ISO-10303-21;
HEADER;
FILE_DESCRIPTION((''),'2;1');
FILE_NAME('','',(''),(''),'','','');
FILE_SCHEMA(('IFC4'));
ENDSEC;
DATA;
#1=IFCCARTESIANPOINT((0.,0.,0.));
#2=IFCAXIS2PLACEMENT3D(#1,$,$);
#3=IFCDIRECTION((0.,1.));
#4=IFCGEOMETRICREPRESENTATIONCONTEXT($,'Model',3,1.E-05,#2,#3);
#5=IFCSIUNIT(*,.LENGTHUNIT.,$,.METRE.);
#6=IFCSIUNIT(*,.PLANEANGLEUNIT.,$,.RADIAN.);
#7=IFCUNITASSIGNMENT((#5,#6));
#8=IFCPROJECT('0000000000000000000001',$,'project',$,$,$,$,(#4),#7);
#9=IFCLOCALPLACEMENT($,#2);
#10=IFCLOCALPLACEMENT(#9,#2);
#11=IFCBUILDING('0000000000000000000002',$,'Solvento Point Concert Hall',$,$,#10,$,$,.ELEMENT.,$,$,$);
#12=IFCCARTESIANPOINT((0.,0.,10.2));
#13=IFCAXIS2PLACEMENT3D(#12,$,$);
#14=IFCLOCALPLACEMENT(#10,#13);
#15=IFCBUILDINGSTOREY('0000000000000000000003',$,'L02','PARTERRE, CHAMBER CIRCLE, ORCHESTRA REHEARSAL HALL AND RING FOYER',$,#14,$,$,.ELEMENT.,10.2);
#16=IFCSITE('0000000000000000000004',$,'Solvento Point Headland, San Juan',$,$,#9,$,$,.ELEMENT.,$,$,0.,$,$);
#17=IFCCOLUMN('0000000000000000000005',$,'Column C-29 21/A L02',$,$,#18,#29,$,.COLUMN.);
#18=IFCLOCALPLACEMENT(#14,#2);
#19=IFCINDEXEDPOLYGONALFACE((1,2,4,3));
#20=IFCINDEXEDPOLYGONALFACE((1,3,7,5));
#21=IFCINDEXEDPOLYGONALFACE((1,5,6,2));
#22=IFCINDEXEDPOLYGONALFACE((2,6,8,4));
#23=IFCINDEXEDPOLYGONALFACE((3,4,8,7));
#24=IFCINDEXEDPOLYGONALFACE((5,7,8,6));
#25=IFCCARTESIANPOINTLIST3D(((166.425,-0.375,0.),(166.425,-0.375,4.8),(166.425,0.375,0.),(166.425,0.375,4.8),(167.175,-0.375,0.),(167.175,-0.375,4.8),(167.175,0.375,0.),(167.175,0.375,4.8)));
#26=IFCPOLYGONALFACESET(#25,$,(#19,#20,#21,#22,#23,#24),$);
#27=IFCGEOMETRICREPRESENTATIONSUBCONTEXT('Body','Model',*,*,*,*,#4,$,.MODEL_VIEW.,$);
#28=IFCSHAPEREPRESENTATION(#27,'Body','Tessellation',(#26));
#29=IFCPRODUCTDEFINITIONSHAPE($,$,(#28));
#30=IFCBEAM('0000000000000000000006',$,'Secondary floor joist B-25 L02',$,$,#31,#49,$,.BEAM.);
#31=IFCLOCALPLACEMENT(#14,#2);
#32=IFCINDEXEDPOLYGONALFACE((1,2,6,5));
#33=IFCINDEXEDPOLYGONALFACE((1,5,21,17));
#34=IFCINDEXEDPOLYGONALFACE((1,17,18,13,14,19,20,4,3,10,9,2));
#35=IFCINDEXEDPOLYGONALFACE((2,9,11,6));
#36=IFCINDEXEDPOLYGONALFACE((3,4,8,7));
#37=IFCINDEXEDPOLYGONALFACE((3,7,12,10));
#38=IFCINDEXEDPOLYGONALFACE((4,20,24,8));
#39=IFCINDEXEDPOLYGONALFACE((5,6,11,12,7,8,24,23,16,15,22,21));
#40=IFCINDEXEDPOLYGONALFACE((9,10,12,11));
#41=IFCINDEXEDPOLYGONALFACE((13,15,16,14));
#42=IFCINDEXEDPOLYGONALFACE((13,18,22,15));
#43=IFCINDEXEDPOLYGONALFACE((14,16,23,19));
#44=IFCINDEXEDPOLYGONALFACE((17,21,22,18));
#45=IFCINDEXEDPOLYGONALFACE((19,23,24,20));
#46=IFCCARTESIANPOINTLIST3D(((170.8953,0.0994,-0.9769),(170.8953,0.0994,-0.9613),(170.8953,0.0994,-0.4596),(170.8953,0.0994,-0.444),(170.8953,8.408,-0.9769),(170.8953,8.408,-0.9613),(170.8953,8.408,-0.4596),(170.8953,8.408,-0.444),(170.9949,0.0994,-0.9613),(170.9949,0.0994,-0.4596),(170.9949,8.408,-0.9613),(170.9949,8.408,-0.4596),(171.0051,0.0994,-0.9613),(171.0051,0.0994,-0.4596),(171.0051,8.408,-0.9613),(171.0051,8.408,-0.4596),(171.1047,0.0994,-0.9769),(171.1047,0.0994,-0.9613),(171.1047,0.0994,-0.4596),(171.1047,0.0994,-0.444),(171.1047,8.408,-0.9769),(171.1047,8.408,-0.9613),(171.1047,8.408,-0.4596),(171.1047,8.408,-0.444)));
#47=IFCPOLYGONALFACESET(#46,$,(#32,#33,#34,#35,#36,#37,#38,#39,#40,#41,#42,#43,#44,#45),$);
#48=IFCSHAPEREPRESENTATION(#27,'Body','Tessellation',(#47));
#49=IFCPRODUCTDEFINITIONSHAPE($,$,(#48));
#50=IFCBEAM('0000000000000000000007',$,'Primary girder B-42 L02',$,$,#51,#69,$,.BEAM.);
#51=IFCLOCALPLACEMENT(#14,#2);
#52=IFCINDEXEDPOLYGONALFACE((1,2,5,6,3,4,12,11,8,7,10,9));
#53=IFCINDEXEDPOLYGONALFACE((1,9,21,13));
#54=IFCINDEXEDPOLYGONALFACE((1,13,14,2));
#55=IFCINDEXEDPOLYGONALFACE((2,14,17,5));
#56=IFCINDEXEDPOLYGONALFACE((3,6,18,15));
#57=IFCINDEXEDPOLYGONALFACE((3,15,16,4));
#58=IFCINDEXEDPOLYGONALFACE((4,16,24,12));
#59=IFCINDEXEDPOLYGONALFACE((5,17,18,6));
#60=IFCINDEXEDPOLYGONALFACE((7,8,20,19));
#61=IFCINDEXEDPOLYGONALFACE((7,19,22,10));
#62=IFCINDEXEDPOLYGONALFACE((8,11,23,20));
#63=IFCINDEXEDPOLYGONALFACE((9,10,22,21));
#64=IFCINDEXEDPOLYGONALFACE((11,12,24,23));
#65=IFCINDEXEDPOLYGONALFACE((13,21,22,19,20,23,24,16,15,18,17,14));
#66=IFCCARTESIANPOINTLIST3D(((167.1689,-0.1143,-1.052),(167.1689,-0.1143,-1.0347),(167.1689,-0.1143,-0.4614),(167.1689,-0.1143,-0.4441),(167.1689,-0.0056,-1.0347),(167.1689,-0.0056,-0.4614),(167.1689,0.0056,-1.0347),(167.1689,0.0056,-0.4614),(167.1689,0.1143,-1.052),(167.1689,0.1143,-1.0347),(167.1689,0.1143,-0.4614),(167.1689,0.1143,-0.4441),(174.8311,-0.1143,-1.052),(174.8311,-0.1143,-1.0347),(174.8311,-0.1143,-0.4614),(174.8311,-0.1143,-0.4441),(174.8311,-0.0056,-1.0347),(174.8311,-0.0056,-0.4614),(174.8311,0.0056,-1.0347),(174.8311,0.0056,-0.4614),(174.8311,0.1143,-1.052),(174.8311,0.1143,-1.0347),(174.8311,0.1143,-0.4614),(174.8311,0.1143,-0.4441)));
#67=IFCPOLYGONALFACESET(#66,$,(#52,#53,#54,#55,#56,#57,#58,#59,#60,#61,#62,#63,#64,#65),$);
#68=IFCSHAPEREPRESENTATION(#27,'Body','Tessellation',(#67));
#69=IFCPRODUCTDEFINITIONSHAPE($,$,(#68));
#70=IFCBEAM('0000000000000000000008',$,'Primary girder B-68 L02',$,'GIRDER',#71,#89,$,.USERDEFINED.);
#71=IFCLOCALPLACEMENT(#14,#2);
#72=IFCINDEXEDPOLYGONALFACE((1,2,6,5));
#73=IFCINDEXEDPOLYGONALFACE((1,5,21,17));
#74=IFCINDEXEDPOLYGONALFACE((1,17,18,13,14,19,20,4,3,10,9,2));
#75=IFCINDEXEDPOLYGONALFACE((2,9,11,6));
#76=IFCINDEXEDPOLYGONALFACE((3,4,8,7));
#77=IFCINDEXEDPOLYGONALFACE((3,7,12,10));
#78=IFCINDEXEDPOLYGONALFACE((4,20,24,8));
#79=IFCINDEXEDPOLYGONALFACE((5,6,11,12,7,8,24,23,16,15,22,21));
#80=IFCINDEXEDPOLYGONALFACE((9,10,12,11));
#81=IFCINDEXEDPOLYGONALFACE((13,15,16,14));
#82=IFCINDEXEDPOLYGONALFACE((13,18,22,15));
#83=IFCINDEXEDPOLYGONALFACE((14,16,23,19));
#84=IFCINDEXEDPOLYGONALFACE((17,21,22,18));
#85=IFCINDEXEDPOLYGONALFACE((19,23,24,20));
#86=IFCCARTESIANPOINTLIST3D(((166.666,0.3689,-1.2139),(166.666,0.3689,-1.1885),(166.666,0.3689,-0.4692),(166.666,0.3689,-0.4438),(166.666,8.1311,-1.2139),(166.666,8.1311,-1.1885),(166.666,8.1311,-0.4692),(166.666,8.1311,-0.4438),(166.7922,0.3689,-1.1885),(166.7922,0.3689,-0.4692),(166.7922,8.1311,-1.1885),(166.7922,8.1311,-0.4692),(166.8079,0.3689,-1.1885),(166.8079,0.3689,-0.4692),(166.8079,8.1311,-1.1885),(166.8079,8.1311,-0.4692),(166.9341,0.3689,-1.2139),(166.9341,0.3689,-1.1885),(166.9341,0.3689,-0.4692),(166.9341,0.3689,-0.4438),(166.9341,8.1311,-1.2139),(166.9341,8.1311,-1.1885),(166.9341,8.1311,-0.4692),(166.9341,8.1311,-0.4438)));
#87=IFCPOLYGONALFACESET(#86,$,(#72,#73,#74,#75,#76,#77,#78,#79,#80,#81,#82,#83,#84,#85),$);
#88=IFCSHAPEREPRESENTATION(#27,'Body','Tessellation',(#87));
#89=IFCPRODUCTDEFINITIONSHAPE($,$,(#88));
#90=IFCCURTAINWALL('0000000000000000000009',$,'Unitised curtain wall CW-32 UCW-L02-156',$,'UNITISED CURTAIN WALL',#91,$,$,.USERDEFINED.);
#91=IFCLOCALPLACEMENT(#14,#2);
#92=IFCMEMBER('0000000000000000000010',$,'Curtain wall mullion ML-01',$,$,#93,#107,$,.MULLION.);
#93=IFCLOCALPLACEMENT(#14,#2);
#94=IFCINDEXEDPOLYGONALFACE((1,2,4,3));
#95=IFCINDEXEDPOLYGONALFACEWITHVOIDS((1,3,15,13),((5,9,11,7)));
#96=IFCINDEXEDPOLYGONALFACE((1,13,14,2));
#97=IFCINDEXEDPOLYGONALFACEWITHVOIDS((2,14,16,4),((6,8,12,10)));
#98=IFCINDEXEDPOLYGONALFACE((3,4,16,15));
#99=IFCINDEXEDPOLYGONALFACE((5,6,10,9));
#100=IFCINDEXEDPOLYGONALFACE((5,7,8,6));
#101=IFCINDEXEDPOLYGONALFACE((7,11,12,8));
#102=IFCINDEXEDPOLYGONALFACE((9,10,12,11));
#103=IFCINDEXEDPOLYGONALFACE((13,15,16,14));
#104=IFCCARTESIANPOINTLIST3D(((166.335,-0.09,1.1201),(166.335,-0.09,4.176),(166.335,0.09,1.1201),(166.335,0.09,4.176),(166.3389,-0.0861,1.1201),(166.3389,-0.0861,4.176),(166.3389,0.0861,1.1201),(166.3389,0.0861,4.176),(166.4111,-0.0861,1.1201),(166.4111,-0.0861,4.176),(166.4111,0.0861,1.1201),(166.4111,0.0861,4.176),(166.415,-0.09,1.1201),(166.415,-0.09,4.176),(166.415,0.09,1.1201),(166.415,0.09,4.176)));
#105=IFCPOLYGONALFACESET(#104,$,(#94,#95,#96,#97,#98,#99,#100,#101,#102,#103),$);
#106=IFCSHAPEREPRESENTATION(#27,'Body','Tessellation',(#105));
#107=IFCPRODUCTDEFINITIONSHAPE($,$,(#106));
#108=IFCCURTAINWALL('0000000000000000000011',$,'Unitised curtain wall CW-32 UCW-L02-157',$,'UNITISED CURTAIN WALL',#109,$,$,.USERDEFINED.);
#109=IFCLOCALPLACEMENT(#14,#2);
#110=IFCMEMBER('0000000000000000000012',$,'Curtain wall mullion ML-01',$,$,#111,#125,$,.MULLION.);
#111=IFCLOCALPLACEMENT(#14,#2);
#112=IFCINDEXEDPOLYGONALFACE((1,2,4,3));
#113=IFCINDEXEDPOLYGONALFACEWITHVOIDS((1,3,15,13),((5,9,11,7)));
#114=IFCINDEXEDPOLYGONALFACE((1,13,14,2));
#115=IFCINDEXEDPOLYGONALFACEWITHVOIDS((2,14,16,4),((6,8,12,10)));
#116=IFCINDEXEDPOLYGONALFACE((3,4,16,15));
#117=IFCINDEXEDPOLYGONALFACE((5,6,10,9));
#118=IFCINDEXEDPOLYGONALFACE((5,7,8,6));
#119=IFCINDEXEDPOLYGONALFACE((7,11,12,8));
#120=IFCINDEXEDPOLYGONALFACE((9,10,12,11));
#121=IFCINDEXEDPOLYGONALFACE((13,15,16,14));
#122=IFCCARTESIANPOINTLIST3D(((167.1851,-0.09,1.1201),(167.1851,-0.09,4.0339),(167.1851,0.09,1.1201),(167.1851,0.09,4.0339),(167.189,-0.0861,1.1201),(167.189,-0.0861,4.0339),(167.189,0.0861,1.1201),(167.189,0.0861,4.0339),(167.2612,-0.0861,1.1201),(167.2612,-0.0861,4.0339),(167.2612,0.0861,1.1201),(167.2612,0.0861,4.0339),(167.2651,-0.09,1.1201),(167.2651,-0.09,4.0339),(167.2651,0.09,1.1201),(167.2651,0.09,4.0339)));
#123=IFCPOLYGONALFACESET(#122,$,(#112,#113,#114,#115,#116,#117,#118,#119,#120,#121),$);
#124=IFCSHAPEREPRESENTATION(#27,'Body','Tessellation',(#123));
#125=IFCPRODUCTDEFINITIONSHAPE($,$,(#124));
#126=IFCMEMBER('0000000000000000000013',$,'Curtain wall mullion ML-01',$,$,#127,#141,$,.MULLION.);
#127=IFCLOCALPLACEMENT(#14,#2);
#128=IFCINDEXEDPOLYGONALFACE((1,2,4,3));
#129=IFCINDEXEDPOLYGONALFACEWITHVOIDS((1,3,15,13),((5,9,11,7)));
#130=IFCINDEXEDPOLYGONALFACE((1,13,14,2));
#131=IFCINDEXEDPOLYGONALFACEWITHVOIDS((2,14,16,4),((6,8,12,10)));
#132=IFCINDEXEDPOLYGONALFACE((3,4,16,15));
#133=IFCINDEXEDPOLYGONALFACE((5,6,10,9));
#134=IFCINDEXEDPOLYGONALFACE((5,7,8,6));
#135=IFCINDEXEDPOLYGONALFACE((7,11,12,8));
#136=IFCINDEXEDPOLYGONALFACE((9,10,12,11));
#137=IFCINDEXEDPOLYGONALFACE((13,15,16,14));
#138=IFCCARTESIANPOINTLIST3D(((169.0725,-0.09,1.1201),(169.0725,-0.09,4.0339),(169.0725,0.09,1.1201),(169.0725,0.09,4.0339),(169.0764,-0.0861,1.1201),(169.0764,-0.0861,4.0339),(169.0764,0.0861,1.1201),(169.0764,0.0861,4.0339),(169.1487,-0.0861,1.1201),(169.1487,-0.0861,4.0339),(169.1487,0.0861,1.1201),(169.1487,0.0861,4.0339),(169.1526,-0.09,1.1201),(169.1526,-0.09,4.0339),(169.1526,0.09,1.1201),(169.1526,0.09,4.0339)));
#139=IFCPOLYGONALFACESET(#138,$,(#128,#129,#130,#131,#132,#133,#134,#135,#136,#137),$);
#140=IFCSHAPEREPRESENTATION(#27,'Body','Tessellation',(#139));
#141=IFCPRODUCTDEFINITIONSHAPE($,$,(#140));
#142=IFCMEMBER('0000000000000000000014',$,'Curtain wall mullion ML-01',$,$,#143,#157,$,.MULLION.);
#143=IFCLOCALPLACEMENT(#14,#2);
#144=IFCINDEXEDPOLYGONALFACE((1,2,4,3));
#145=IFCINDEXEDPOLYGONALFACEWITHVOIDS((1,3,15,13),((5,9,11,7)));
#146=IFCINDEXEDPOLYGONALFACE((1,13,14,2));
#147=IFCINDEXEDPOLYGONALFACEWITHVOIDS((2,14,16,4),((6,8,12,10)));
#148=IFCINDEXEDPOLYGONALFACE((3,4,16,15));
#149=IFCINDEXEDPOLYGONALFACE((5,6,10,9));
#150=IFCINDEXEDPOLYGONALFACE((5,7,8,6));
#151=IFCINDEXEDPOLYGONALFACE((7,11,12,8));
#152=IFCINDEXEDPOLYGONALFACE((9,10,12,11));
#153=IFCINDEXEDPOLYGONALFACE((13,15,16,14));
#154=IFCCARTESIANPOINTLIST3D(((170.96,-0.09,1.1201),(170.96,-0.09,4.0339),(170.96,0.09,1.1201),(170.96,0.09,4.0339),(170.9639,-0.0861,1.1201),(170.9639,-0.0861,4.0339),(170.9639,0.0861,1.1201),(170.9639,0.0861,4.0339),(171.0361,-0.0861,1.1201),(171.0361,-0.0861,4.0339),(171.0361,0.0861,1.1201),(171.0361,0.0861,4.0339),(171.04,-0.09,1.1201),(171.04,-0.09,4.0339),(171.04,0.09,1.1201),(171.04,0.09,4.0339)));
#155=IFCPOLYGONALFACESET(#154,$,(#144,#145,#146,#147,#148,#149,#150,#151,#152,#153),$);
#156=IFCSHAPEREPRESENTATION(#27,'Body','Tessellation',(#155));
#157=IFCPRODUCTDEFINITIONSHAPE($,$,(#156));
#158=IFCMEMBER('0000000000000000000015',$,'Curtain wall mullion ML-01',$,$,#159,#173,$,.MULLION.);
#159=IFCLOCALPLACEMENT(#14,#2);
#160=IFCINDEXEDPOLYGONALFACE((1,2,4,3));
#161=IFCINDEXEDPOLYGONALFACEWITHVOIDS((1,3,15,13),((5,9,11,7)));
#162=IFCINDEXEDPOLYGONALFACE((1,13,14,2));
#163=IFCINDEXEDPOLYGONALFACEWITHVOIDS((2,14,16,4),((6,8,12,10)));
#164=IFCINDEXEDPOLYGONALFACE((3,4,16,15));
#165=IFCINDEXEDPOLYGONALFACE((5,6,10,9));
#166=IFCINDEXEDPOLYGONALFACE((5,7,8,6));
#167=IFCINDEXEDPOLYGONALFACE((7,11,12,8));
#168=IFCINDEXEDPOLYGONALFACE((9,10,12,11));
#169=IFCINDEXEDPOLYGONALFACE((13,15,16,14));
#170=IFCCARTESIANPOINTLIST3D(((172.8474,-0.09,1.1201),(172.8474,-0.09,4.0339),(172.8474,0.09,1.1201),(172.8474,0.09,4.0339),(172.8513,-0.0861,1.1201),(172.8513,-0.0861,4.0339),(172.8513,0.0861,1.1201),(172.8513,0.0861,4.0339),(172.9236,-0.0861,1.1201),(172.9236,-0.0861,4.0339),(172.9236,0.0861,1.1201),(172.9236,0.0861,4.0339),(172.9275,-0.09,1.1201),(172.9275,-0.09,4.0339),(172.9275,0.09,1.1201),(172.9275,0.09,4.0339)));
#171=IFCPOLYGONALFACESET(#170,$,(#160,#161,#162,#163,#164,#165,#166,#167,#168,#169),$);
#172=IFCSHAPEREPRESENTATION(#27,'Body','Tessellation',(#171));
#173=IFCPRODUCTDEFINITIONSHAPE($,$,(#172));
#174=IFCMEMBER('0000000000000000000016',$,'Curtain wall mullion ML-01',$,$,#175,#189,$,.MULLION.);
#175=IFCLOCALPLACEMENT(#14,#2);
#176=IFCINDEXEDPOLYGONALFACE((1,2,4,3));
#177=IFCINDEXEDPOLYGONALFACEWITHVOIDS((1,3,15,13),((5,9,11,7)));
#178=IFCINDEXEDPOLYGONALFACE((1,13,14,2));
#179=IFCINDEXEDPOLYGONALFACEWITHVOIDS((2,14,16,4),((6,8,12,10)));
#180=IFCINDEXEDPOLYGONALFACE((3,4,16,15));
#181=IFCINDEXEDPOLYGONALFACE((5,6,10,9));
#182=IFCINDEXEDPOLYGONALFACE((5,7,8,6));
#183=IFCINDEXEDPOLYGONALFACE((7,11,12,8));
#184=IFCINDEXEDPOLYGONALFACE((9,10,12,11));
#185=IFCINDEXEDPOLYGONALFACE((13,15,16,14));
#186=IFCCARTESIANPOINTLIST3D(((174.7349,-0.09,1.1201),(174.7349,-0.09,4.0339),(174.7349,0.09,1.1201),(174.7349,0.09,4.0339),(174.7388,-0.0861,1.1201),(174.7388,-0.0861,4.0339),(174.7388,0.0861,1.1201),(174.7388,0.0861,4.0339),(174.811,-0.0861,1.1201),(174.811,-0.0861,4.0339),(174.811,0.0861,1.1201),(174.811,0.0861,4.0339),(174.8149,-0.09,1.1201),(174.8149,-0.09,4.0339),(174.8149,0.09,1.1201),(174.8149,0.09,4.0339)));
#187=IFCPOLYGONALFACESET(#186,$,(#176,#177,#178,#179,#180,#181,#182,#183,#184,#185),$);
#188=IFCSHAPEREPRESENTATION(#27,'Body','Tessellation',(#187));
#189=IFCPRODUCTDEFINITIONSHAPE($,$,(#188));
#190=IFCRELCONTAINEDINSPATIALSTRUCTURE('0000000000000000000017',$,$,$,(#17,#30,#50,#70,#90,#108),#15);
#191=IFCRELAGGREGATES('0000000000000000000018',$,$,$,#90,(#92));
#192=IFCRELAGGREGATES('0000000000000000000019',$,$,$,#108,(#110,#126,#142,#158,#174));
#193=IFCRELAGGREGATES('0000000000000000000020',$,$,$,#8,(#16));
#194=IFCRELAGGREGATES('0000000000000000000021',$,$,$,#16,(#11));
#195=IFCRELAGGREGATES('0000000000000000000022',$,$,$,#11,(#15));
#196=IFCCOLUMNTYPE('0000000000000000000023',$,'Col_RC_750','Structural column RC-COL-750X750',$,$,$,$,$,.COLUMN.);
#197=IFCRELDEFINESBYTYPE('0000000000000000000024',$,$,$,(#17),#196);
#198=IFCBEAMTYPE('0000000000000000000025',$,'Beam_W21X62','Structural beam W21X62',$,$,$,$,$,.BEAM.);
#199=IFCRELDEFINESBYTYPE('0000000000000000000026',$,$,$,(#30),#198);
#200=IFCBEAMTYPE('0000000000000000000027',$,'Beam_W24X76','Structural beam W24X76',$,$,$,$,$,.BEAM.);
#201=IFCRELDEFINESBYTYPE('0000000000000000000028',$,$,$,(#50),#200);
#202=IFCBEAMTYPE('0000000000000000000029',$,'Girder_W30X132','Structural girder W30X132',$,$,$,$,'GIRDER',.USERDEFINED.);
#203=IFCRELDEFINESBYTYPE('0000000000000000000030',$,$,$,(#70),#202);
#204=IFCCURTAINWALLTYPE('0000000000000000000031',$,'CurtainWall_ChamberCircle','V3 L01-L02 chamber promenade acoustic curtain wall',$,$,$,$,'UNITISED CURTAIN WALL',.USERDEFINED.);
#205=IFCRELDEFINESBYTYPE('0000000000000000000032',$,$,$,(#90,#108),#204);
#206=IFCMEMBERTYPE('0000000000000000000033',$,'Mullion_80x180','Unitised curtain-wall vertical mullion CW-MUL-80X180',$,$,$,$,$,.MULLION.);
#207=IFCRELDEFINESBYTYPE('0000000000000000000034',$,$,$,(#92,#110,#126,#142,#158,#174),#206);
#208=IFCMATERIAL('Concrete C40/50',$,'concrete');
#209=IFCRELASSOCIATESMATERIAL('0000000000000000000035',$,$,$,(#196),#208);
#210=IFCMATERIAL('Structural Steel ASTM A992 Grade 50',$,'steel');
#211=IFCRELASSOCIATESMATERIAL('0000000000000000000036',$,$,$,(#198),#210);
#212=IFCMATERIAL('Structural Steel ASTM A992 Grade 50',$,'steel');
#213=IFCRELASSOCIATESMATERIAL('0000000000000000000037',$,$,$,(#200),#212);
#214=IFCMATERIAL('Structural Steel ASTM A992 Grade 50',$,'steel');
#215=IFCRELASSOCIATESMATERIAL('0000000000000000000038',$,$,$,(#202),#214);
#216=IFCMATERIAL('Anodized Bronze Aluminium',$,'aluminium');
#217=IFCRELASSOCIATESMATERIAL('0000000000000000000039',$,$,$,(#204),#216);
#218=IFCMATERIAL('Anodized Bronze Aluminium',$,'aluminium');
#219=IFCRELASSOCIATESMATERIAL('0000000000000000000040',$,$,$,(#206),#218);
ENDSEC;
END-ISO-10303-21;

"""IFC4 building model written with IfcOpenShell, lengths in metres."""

from ifc_helpers import new_model, si_unit, direction, frame, origin, origin_2d, place, context, subcontext, project, spatial, rectangle, hollow_rectangle, i_section, extrude, material, material_profile, profile_set, type_object, element, aggregate, save


model = new_model("IFC4")

# Units and contexts
model_context = context("Model", 3, precision=1e-05, world=origin(), true_north=direction((0.0, 1.0)))
body_context = subcontext(model_context, "Body", "Model", "MODEL_VIEW")
ifc_project = project(units=[si_unit("LENGTHUNIT", "METRE"), si_unit("PLANEANGLEUNIT", "RADIAN")], contexts=[model_context])

# Site, building, storey
site_placement = place(None, origin())
site = spatial("IfcSite", under=ifc_project, at=site_placement, Name="Solvento Point Headland, San Juan", CompositionType="ELEMENT", RefElevation=0.0)
building_placement = place(site_placement, origin())
building = spatial("IfcBuilding", under=site, at=building_placement, Name="Solvento Point Concert Hall", CompositionType="ELEMENT")
storey_placement = place(building_placement, frame((0.0, 0.0, 10.2)))
storey = spatial("IfcBuildingStorey", under=building, at=storey_placement, Name="L02", Description="PARTERRE, CHAMBER CIRCLE, ORCHESTRA REHEARSAL HALL AND RING FOYER", CompositionType="ELEMENT", Elevation=10.2)

# Column
ifc_material_1 = material(Name="Concrete C40/50", Category="concrete")
ifc_material_profile_1 = material_profile(ifc_material_1, rectangle(XDim=0.75, YDim=0.75, at=origin_2d()), Name="RC-COL-750X750")
ifc_profile_set_1 = profile_set([ifc_material_profile_1], Name="Concrete C40/50")
column_type = type_object("IfcColumnType", Name="Col_RC_750", Description="Structural column RC-COL-750X750", PredefinedType="COLUMN", material=ifc_profile_set_1)
column_placement = place(storey_placement, frame((166.8, 0.0, 0.0), z_axis=(0.0, 0.0, 1.0), x_axis=(1.0, 0.0, 0.0)))
element("IfcColumn", 1, at=column_placement, inside=storey, type_object=column_type, Name="Column C-29 21/A L02", PredefinedType="COLUMN", context=body_context, shape_type="SweptSolid", body=[
    extrude(rectangle(XDim=0.75, YDim=0.75, at=origin_2d()), origin(), (0.0, 0.0, 1.0), 4.8),
])

# Beams
ifc_material_2 = material(Name="Structural Steel ASTM A992 Grade 50", Category="steel")
ifc_material_profile_2 = material_profile(ifc_material_2, i_section(OverallWidth=0.2095, OverallDepth=0.533, WebThickness=0.0103, FlangeThickness=0.0156, at=origin_2d()), Name="W21X62")
ifc_profile_set_2 = profile_set([ifc_material_profile_2], Name="Structural Steel ASTM A992 Grade 50")
beam_type_1 = type_object("IfcBeamType", Name="Beam_W21X62", Description="Structural beam W21X62", PredefinedType="BEAM", material=ifc_profile_set_2)
beam_1_placement = place(storey_placement, frame((171.0, 0.0994, -0.7104), z_axis=(0.0, 1.0, 0.0), x_axis=(-1.0, 0.0, 0.0)))
element("IfcBeam", 2, at=beam_1_placement, inside=storey, type_object=beam_type_1, Name="Secondary floor joist B-25 L02", PredefinedType="BEAM", context=body_context, shape_type="SweptSolid", body=[
    extrude(i_section(OverallWidth=0.2095, OverallDepth=0.533, WebThickness=0.0103, FlangeThickness=0.0156, at=origin_2d()), origin(), (0.0, 0.0, 1.0), 8.3086),
])
ifc_material_3 = material(Name="Structural Steel ASTM A992 Grade 50", Category="steel")
ifc_material_profile_3 = material_profile(ifc_material_3, i_section(OverallWidth=0.2285, OverallDepth=0.6079, WebThickness=0.0112, FlangeThickness=0.0173, at=origin_2d()), Name="W24X76")
ifc_profile_set_3 = profile_set([ifc_material_profile_3], Name="Structural Steel ASTM A992 Grade 50")
beam_type_2 = type_object("IfcBeamType", Name="Beam_W24X76", Description="Structural beam W24X76", PredefinedType="BEAM", material=ifc_profile_set_3)
beam_2_placement = place(storey_placement, frame((167.1689, 0.0, -0.748), z_axis=(1.0, 0.0, 0.0), x_axis=(0.0, 1.0, 0.0)))
element("IfcBeam", 3, at=beam_2_placement, inside=storey, type_object=beam_type_2, Name="Primary girder B-42 L02", PredefinedType="BEAM", context=body_context, shape_type="SweptSolid", body=[
    extrude(i_section(OverallWidth=0.2285, OverallDepth=0.6079, WebThickness=0.0112, FlangeThickness=0.0173, at=origin_2d()), origin(), (0.0, 0.0, 1.0), 7.6621),
])
ifc_material_4 = material(Name="Structural Steel ASTM A992 Grade 50", Category="steel")
ifc_material_profile_4 = material_profile(ifc_material_4, i_section(OverallWidth=0.2681, OverallDepth=0.77, WebThickness=0.0156, FlangeThickness=0.0254, at=origin_2d()), Name="W30X132")
ifc_profile_set_4 = profile_set([ifc_material_profile_4], Name="Structural Steel ASTM A992 Grade 50")
beam_type_3 = type_object("IfcBeamType", Name="Girder_W30X132", Description="Structural girder W30X132", ElementType="GIRDER", PredefinedType="USERDEFINED", material=ifc_profile_set_4)
beam_3_placement = place(storey_placement, frame((166.8, 0.3689, -0.8289), z_axis=(0.0, 1.0, 0.0), x_axis=(-1.0, 0.0, 0.0)))
element("IfcBeam", 4, at=beam_3_placement, inside=storey, type_object=beam_type_3, Name="Primary girder B-68 L02", ObjectType="GIRDER", PredefinedType="USERDEFINED", context=body_context, shape_type="SweptSolid", body=[
    extrude(i_section(OverallWidth=0.2681, OverallDepth=0.77, WebThickness=0.0156, FlangeThickness=0.0254, at=origin_2d()), origin(), (0.0, 0.0, 1.0), 7.7622),
])

# Curtain wall, member
ifc_material_5 = material(Name="Anodized Bronze Aluminium", Category="aluminium")
curtain_wall_type = type_object("IfcCurtainWallType", Name="CurtainWall_ChamberCircle", Description="V3 L01-L02 chamber promenade acoustic curtain wall", ElementType="UNITISED CURTAIN WALL", PredefinedType="USERDEFINED", material=ifc_material_5)
curtain_wall_1_placement = place(storey_placement, origin())
curtain_wall_1 = element("IfcCurtainWall", 5, at=curtain_wall_1_placement, inside=storey, type_object=curtain_wall_type, Name="Unitised curtain wall CW-32 UCW-L02-156", ObjectType="UNITISED CURTAIN WALL", PredefinedType="USERDEFINED")
ifc_material_6 = material(Name="Anodized Bronze Aluminium", Category="aluminium")
ifc_material_profile_5 = material_profile(ifc_material_6, hollow_rectangle(XDim=0.0801, YDim=0.1799, WallThickness=0.0039, at=origin_2d()), Name="CW-MUL-80X180")
ifc_profile_set_5 = profile_set([ifc_material_profile_5], Name="Anodized Bronze Aluminium")
member_type_1 = type_object("IfcMemberType", Name="Mullion_80x180", Description="Unitised curtain-wall vertical mullion CW-MUL-80X180", PredefinedType="MULLION", material=ifc_profile_set_5)
member_1_placement = place(storey_placement, frame((166.375, 0.0, 1.1201), z_axis=(0.0, 0.0, 1.0), x_axis=(1.0, 0.0, 0.0)))
member_1 = element("IfcMember", 6, at=member_1_placement, type_object=member_type_1, Name="Curtain wall mullion ML-01", PredefinedType="MULLION", context=body_context, shape_type="SweptSolid", body=[
    extrude(hollow_rectangle(XDim=0.0801, YDim=0.1799, WallThickness=0.0039, at=origin_2d()), origin(), (0.0, 0.0, 1.0), 3.0559),
])
aggregate(curtain_wall_1, [member_1])

# Curtain wall, members
curtain_wall_2_placement = place(storey_placement, origin())
curtain_wall_2 = element("IfcCurtainWall", 7, at=curtain_wall_2_placement, inside=storey, type_object=curtain_wall_type, Name="Unitised curtain wall CW-32 UCW-L02-157", ObjectType="UNITISED CURTAIN WALL", PredefinedType="USERDEFINED")
member_2_placement = place(storey_placement, frame((167.2251, 0.0, 1.1201), z_axis=(0.0, 0.0, 1.0), x_axis=(1.0, 0.0, 0.0)))
member_2 = element("IfcMember", 8, at=member_2_placement, type_object=member_type_1, Name="Curtain wall mullion ML-01", PredefinedType="MULLION", context=body_context, shape_type="SweptSolid", body=[
    extrude(hollow_rectangle(XDim=0.0801, YDim=0.1799, WallThickness=0.0039, at=origin_2d()), origin(), (0.0, 0.0, 1.0), 2.9138),
])
member_3_placement = place(storey_placement, frame((169.1125, 0.0, 1.1201), z_axis=(0.0, 0.0, 1.0), x_axis=(1.0, 0.0, 0.0)))
member_3 = element("IfcMember", 9, at=member_3_placement, type_object=member_type_1, Name="Curtain wall mullion ML-01", PredefinedType="MULLION", context=body_context, shape_type="SweptSolid", body=[
    extrude(hollow_rectangle(XDim=0.0801, YDim=0.1799, WallThickness=0.0039, at=origin_2d()), origin(), (0.0, 0.0, 1.0), 2.9138),
])
member_4_placement = place(storey_placement, frame((171.0, 0.0, 1.1201), z_axis=(0.0, 0.0, 1.0), x_axis=(1.0, 0.0, 0.0)))
member_4 = element("IfcMember", 10, at=member_4_placement, type_object=member_type_1, Name="Curtain wall mullion ML-01", PredefinedType="MULLION", context=body_context, shape_type="SweptSolid", body=[
    extrude(hollow_rectangle(XDim=0.0801, YDim=0.1799, WallThickness=0.0039, at=origin_2d()), origin(), (0.0, 0.0, 1.0), 2.9138),
])
member_5_placement = place(storey_placement, frame((172.8875, 0.0, 1.1201), z_axis=(0.0, 0.0, 1.0), x_axis=(1.0, 0.0, 0.0)))
member_5 = element("IfcMember", 11, at=member_5_placement, type_object=member_type_1, Name="Curtain wall mullion ML-01", PredefinedType="MULLION", context=body_context, shape_type="SweptSolid", body=[
    extrude(hollow_rectangle(XDim=0.0801, YDim=0.1799, WallThickness=0.0039, at=origin_2d()), origin(), (0.0, 0.0, 1.0), 2.9138),
])
member_6_placement = place(storey_placement, frame((174.7749, 0.0, 1.1201), z_axis=(0.0, 0.0, 1.0), x_axis=(1.0, 0.0, 0.0)))
member_6 = element("IfcMember", 12, at=member_6_placement, type_object=member_type_1, Name="Curtain wall mullion ML-01", PredefinedType="MULLION", context=body_context, shape_type="SweptSolid", body=[
    extrude(hollow_rectangle(XDim=0.0801, YDim=0.1799, WallThickness=0.0039, at=origin_2d()), origin(), (0.0, 0.0, 1.0), 2.9138),
])
aggregate(curtain_wall_2, [member_2, member_3, member_4, member_5, member_6])

save(model, "model.ifc")
